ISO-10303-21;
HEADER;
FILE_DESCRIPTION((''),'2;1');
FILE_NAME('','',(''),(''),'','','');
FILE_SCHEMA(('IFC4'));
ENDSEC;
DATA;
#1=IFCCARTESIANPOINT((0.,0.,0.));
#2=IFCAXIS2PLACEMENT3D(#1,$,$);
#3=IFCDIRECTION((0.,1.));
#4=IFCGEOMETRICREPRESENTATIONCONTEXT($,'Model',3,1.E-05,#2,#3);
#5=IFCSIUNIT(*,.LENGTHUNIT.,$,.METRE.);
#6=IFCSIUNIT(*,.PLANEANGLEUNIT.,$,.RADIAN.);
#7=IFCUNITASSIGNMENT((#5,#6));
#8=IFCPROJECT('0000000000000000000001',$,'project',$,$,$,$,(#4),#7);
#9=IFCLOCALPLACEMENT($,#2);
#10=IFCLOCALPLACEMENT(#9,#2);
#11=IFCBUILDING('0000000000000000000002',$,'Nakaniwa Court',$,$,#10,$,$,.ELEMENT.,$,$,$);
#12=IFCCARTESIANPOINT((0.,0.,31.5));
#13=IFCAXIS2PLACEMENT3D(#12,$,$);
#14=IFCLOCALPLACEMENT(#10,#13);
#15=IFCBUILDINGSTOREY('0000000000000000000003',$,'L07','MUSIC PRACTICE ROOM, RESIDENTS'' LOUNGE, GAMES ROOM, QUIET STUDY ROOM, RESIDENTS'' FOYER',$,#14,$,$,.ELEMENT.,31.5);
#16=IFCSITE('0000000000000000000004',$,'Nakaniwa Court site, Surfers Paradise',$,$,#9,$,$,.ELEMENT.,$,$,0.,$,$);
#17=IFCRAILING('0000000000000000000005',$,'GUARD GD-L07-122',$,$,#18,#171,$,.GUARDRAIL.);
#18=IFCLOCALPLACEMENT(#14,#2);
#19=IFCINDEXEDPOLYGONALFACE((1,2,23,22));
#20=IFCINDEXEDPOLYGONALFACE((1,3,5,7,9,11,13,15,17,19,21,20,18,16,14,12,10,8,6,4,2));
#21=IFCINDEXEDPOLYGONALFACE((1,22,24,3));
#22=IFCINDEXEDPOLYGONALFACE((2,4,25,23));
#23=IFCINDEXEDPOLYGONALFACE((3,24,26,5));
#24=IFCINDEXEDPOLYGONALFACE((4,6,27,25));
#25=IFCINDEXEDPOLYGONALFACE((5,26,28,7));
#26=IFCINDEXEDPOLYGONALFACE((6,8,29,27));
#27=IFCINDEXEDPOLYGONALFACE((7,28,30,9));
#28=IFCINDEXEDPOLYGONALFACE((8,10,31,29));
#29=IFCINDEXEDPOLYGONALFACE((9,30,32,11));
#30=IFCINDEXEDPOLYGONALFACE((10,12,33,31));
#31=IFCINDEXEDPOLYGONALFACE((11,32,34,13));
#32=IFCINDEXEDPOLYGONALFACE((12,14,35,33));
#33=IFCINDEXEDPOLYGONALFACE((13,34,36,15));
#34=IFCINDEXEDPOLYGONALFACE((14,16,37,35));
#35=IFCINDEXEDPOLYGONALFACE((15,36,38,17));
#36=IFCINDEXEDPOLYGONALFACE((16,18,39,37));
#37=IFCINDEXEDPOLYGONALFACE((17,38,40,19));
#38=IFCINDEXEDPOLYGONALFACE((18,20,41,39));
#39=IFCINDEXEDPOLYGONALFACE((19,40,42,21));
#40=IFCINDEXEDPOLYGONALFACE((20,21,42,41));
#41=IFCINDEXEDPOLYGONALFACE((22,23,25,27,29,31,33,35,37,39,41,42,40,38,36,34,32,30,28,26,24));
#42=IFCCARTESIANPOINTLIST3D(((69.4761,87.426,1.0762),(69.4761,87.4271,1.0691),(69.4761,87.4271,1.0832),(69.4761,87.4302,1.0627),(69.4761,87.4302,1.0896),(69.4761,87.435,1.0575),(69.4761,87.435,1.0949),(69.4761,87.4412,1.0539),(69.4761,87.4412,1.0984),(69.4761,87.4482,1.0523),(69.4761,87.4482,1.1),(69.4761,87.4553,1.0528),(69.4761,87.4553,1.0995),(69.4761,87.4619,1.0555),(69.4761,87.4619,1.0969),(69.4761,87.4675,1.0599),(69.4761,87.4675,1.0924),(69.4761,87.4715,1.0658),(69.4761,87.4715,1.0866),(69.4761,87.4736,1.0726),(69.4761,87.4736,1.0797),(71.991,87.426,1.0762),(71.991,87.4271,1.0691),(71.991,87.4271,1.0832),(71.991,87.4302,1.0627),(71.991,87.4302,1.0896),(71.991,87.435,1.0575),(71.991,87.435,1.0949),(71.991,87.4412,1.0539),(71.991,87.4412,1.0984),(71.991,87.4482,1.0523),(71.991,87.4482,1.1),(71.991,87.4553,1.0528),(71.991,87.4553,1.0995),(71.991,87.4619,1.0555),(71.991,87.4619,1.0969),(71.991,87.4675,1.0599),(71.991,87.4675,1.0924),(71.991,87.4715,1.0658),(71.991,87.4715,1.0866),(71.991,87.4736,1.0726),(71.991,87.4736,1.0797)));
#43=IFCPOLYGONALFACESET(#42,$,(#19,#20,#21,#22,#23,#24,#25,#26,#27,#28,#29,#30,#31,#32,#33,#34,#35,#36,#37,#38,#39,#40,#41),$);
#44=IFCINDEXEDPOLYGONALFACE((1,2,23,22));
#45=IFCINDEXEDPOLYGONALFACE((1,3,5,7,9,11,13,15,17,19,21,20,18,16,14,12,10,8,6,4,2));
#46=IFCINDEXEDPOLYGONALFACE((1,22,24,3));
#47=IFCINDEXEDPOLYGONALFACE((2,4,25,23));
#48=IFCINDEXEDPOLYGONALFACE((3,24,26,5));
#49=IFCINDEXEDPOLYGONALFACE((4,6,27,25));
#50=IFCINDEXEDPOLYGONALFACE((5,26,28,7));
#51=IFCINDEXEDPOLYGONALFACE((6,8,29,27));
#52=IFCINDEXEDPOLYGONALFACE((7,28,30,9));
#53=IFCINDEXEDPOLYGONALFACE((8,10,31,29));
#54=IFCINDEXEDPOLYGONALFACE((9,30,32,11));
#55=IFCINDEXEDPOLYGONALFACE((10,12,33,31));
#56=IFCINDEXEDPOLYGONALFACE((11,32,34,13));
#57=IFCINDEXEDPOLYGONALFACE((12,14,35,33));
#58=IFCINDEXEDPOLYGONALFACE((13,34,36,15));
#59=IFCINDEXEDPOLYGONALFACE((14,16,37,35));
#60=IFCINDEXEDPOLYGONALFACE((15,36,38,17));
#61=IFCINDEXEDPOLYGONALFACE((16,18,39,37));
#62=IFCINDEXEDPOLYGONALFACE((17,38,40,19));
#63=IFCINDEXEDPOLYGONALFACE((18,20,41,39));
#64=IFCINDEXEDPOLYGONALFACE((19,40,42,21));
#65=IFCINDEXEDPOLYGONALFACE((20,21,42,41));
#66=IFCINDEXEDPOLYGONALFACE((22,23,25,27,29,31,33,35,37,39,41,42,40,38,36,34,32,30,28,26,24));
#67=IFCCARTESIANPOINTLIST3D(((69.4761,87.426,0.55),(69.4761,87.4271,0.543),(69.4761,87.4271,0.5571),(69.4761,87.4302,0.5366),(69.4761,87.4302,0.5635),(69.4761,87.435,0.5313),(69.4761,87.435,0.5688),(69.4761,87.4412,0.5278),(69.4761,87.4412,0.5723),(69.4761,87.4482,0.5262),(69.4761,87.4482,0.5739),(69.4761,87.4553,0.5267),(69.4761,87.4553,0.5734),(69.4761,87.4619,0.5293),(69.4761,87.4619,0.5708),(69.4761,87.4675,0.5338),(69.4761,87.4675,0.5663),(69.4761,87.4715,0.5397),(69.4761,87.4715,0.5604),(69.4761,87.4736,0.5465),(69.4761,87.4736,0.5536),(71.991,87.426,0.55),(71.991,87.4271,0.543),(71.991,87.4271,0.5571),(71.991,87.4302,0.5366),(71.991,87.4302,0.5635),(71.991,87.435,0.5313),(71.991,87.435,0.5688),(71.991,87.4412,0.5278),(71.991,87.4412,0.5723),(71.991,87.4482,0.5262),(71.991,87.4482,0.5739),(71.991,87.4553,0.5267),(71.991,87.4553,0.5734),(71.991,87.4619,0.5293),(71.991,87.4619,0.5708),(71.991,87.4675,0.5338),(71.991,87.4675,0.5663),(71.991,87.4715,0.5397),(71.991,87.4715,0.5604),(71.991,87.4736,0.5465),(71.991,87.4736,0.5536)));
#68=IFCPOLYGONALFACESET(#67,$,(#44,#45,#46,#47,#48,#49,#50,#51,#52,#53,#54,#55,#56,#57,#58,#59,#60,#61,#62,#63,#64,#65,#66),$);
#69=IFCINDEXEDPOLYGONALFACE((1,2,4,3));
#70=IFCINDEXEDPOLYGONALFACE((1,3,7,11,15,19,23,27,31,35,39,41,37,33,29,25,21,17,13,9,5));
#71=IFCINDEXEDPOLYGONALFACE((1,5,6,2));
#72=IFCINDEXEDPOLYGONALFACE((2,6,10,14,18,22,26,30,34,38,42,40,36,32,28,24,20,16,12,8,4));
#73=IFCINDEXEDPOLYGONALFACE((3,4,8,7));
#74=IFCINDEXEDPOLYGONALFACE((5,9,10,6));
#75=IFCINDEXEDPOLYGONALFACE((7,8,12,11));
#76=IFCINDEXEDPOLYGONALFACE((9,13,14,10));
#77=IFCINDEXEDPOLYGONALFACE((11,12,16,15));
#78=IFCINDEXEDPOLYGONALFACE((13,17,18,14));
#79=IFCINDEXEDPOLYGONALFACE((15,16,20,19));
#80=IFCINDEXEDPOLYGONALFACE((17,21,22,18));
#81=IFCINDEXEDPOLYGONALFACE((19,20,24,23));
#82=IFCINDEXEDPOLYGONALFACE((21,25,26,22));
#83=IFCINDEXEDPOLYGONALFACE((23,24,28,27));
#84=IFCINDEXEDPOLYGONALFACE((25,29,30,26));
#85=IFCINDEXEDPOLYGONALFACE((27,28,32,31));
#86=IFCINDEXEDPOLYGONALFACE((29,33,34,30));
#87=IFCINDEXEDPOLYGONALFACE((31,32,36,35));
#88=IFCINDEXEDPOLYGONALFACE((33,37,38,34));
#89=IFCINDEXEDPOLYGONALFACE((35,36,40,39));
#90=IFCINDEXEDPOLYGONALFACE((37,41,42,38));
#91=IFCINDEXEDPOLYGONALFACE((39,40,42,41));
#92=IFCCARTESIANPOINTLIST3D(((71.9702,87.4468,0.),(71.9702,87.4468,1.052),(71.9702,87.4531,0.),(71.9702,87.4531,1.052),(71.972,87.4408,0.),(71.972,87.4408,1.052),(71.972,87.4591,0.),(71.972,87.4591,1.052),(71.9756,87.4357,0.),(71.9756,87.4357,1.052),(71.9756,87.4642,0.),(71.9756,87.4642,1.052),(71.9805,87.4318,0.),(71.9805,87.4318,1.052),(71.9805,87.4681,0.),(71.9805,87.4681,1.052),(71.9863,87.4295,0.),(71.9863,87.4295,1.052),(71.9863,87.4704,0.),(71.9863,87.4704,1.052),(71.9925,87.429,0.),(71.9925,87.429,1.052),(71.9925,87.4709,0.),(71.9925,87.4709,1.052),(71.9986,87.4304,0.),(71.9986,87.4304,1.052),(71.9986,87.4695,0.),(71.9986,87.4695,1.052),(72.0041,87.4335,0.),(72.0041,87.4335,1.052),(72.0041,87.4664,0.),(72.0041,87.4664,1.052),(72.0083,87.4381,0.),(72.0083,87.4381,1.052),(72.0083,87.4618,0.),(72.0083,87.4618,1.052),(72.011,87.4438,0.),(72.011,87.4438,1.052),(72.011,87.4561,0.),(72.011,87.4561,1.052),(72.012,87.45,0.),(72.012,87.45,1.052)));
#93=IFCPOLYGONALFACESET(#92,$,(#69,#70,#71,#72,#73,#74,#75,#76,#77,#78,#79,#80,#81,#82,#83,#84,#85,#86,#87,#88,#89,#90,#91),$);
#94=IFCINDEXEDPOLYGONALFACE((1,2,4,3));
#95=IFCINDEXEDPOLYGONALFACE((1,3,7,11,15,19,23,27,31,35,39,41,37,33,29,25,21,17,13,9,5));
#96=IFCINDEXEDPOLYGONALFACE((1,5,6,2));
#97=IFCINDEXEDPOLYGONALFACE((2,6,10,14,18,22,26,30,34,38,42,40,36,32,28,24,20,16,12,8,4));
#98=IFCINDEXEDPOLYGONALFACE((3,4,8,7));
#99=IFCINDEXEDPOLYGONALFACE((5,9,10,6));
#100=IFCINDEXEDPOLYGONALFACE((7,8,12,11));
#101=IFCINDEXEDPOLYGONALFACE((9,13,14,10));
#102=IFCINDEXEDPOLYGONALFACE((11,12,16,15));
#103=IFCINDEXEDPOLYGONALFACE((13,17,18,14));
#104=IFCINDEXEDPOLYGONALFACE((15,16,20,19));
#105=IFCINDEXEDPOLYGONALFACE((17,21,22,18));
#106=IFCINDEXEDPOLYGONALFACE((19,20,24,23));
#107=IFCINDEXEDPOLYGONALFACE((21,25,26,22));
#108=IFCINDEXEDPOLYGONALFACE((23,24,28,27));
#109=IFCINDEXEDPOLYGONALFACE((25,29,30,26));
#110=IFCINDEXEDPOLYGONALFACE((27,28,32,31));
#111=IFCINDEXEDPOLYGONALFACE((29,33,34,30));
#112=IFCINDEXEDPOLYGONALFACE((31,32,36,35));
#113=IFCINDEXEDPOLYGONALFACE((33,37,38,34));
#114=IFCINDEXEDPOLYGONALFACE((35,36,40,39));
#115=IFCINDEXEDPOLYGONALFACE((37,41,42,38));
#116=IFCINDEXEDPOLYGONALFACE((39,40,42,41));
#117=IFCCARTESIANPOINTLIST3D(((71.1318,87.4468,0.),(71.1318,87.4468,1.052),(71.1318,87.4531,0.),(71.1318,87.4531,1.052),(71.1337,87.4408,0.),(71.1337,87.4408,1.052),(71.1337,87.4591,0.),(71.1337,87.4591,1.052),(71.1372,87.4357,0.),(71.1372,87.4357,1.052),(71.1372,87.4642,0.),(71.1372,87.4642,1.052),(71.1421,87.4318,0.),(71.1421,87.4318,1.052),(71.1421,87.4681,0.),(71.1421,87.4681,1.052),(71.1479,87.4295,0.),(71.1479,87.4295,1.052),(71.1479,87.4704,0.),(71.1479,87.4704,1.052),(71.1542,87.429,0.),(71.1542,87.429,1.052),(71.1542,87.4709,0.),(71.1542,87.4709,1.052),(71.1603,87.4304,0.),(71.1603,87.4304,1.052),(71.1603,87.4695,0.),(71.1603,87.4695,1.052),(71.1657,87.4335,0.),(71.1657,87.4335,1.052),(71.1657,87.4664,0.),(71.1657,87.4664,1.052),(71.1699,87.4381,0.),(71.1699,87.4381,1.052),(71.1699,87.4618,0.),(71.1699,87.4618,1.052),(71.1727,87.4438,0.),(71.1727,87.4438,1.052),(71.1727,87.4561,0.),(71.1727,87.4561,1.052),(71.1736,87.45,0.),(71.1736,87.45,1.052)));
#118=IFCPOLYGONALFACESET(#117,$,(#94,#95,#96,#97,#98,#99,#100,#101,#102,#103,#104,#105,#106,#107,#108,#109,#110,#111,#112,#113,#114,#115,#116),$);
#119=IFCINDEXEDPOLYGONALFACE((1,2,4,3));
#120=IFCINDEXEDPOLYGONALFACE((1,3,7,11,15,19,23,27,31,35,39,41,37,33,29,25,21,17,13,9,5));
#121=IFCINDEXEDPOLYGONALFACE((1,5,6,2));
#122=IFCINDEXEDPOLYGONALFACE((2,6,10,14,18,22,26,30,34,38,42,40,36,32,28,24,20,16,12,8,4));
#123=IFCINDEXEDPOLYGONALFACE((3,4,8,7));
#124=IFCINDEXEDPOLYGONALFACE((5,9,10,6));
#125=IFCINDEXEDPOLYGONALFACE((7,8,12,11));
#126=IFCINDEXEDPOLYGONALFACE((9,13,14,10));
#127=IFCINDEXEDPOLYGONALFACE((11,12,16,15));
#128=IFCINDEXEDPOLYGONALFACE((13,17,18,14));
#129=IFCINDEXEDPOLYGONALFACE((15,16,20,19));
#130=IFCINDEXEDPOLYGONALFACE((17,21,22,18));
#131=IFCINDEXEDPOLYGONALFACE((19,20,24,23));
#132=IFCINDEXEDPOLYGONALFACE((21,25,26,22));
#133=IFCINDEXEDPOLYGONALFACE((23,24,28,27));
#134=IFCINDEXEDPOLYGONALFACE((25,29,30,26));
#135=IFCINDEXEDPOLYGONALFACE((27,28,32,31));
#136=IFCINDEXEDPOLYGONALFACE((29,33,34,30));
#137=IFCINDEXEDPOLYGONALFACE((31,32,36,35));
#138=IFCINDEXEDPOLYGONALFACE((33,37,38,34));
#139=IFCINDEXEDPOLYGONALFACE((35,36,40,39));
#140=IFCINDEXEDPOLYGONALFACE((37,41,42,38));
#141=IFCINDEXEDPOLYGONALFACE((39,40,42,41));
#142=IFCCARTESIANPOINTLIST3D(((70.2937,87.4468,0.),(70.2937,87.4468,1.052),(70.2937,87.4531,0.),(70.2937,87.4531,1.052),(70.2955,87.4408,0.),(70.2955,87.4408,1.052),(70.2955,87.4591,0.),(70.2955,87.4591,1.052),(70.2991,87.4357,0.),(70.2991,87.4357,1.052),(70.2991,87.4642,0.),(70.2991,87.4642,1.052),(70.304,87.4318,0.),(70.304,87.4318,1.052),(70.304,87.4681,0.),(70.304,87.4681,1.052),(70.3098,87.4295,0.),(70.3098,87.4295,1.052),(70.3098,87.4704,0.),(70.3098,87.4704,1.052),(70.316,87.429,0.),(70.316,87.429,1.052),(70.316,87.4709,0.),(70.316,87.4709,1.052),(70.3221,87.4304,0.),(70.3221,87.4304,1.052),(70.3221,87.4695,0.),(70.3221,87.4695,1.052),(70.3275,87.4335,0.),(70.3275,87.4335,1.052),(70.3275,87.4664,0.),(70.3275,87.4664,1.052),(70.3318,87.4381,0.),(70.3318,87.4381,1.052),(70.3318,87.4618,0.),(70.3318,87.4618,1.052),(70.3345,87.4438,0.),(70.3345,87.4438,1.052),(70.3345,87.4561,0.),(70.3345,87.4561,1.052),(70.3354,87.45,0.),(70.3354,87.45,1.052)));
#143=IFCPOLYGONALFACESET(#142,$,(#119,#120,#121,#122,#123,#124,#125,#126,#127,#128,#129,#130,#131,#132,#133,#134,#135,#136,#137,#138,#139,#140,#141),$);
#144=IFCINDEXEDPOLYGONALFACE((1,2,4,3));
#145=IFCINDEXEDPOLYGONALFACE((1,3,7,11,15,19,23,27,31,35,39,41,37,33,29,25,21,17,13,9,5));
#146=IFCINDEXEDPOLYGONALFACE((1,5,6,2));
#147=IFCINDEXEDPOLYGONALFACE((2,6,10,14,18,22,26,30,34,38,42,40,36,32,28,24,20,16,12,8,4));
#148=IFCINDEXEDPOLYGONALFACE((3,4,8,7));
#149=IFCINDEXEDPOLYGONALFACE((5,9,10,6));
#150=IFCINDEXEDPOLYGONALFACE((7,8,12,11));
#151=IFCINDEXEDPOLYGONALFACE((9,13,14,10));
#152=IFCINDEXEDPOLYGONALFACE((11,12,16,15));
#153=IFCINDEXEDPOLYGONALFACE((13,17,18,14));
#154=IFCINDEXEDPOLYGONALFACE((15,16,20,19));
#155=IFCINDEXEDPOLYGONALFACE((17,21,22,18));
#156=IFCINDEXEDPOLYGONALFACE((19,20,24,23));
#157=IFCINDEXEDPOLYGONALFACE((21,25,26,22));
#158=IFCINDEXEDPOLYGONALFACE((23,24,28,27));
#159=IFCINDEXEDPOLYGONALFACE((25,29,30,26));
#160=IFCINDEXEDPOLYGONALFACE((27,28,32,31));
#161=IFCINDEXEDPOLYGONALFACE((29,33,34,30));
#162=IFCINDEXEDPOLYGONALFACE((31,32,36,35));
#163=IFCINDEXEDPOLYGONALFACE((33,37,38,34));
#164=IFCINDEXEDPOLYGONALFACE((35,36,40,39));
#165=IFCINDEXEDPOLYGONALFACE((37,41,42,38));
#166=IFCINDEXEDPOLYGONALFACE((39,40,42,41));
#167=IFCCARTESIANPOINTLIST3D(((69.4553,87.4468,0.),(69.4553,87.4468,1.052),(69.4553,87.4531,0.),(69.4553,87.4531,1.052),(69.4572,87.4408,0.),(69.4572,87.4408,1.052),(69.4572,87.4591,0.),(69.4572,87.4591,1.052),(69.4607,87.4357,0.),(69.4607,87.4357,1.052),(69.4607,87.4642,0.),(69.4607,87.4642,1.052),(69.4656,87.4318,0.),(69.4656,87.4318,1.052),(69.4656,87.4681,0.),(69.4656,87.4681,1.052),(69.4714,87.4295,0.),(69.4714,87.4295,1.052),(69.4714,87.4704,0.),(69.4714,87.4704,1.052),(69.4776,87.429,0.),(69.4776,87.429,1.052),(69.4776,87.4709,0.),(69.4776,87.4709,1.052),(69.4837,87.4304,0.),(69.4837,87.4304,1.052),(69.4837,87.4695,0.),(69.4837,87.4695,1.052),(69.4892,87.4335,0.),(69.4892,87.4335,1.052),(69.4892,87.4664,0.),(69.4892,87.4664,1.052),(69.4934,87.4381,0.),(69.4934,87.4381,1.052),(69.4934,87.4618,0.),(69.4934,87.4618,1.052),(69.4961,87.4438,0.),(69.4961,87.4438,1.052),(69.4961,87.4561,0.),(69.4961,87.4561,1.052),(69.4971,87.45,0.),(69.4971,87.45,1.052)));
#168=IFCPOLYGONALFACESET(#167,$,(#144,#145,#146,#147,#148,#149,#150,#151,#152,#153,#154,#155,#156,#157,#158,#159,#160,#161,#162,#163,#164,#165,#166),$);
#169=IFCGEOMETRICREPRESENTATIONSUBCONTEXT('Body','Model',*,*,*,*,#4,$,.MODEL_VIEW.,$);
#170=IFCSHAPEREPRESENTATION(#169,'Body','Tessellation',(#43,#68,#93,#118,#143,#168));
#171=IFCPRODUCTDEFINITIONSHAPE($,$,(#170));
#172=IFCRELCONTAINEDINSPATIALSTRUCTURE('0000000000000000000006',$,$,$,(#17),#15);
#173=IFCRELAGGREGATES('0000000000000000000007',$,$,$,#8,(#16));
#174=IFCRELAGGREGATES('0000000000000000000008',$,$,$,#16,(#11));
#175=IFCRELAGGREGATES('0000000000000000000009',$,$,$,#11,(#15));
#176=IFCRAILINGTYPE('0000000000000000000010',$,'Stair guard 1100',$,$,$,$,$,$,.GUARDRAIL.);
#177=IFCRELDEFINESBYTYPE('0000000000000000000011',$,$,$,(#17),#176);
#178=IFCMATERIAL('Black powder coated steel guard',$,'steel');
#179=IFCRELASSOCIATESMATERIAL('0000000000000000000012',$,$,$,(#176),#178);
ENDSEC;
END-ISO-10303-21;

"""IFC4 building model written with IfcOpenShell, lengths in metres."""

from ifc_helpers import new_model, si_unit, direction, frame, origin, origin_2d, place, context, subcontext, project, spatial, circle, extrude, material, type_object, element, save


model = new_model("IFC4")

# Units and contexts
model_context = context("Model", 3, precision=1e-05, world=origin(), true_north=direction((0.0, 1.0)))
body_context = subcontext(model_context, "Body", "Model", "MODEL_VIEW")
ifc_project = project(units=[si_unit("LENGTHUNIT", "METRE"), si_unit("PLANEANGLEUNIT", "RADIAN")], contexts=[model_context])

# Site, building, storey
site_placement = place(None, origin())
site = spatial("IfcSite", under=ifc_project, at=site_placement, Name="Nakaniwa Court site, Surfers Paradise", CompositionType="ELEMENT", RefElevation=0.0)
building_placement = place(site_placement, origin())
building = spatial("IfcBuilding", under=site, at=building_placement, Name="Nakaniwa Court", CompositionType="ELEMENT")
storey_placement = place(building_placement, frame((0.0, 0.0, 31.5)))
storey = spatial("IfcBuildingStorey", under=building, at=storey_placement, Name="L07", Description="MUSIC PRACTICE ROOM, RESIDENTS' LOUNGE, GAMES ROOM, QUIET STUDY ROOM, RESIDENTS' FOYER", CompositionType="ELEMENT", Elevation=31.5)

# Railing
ifc_material_1 = material(Name="Black powder coated steel guard", Category="steel")
railing_type = type_object("IfcRailingType", Name="Stair guard 1100", PredefinedType="GUARDRAIL", material=ifc_material_1)
railing_placement = place(storey_placement, frame((71.991, 87.45, 0.0)))
element("IfcRailing", 1, at=railing_placement, inside=storey, type_object=railing_type, Name="GUARD GD-L07-122", PredefinedType="GUARDRAIL", context=body_context, shape_type="SweptSolid", body=[
    extrude(circle(Radius=0.0239, at=origin_2d()), frame((0.0, 0.0, 1.0762), z_axis=(-1.0, 0.0, 0.0), x_axis=(0.0, -1.0, 0.0)), (0.0, 0.0, 1.0), 2.5149),
    extrude(circle(Radius=0.0239, at=origin_2d()), frame((0.0, 0.0, 0.55), z_axis=(-1.0, 0.0, 0.0), x_axis=(0.0, -1.0, 0.0)), (0.0, 0.0, 1.0), 2.5149),
    extrude(circle(Radius=0.021, at=origin_2d()), origin(), (0.0, 0.0, 1.0), 1.052),
    extrude(circle(Radius=0.021, at=origin_2d()), frame((-0.8384, 0.0, 0.0)), (0.0, 0.0, 1.0), 1.052),
    extrude(circle(Radius=0.021, at=origin_2d()), frame((-1.6765, 0.0, 0.0)), (0.0, 0.0, 1.0), 1.052),
    extrude(circle(Radius=0.021, at=origin_2d()), frame((-2.5149, 0.0, 0.0)), (0.0, 0.0, 1.0), 1.052),
])

save(model, "model.ifc")
